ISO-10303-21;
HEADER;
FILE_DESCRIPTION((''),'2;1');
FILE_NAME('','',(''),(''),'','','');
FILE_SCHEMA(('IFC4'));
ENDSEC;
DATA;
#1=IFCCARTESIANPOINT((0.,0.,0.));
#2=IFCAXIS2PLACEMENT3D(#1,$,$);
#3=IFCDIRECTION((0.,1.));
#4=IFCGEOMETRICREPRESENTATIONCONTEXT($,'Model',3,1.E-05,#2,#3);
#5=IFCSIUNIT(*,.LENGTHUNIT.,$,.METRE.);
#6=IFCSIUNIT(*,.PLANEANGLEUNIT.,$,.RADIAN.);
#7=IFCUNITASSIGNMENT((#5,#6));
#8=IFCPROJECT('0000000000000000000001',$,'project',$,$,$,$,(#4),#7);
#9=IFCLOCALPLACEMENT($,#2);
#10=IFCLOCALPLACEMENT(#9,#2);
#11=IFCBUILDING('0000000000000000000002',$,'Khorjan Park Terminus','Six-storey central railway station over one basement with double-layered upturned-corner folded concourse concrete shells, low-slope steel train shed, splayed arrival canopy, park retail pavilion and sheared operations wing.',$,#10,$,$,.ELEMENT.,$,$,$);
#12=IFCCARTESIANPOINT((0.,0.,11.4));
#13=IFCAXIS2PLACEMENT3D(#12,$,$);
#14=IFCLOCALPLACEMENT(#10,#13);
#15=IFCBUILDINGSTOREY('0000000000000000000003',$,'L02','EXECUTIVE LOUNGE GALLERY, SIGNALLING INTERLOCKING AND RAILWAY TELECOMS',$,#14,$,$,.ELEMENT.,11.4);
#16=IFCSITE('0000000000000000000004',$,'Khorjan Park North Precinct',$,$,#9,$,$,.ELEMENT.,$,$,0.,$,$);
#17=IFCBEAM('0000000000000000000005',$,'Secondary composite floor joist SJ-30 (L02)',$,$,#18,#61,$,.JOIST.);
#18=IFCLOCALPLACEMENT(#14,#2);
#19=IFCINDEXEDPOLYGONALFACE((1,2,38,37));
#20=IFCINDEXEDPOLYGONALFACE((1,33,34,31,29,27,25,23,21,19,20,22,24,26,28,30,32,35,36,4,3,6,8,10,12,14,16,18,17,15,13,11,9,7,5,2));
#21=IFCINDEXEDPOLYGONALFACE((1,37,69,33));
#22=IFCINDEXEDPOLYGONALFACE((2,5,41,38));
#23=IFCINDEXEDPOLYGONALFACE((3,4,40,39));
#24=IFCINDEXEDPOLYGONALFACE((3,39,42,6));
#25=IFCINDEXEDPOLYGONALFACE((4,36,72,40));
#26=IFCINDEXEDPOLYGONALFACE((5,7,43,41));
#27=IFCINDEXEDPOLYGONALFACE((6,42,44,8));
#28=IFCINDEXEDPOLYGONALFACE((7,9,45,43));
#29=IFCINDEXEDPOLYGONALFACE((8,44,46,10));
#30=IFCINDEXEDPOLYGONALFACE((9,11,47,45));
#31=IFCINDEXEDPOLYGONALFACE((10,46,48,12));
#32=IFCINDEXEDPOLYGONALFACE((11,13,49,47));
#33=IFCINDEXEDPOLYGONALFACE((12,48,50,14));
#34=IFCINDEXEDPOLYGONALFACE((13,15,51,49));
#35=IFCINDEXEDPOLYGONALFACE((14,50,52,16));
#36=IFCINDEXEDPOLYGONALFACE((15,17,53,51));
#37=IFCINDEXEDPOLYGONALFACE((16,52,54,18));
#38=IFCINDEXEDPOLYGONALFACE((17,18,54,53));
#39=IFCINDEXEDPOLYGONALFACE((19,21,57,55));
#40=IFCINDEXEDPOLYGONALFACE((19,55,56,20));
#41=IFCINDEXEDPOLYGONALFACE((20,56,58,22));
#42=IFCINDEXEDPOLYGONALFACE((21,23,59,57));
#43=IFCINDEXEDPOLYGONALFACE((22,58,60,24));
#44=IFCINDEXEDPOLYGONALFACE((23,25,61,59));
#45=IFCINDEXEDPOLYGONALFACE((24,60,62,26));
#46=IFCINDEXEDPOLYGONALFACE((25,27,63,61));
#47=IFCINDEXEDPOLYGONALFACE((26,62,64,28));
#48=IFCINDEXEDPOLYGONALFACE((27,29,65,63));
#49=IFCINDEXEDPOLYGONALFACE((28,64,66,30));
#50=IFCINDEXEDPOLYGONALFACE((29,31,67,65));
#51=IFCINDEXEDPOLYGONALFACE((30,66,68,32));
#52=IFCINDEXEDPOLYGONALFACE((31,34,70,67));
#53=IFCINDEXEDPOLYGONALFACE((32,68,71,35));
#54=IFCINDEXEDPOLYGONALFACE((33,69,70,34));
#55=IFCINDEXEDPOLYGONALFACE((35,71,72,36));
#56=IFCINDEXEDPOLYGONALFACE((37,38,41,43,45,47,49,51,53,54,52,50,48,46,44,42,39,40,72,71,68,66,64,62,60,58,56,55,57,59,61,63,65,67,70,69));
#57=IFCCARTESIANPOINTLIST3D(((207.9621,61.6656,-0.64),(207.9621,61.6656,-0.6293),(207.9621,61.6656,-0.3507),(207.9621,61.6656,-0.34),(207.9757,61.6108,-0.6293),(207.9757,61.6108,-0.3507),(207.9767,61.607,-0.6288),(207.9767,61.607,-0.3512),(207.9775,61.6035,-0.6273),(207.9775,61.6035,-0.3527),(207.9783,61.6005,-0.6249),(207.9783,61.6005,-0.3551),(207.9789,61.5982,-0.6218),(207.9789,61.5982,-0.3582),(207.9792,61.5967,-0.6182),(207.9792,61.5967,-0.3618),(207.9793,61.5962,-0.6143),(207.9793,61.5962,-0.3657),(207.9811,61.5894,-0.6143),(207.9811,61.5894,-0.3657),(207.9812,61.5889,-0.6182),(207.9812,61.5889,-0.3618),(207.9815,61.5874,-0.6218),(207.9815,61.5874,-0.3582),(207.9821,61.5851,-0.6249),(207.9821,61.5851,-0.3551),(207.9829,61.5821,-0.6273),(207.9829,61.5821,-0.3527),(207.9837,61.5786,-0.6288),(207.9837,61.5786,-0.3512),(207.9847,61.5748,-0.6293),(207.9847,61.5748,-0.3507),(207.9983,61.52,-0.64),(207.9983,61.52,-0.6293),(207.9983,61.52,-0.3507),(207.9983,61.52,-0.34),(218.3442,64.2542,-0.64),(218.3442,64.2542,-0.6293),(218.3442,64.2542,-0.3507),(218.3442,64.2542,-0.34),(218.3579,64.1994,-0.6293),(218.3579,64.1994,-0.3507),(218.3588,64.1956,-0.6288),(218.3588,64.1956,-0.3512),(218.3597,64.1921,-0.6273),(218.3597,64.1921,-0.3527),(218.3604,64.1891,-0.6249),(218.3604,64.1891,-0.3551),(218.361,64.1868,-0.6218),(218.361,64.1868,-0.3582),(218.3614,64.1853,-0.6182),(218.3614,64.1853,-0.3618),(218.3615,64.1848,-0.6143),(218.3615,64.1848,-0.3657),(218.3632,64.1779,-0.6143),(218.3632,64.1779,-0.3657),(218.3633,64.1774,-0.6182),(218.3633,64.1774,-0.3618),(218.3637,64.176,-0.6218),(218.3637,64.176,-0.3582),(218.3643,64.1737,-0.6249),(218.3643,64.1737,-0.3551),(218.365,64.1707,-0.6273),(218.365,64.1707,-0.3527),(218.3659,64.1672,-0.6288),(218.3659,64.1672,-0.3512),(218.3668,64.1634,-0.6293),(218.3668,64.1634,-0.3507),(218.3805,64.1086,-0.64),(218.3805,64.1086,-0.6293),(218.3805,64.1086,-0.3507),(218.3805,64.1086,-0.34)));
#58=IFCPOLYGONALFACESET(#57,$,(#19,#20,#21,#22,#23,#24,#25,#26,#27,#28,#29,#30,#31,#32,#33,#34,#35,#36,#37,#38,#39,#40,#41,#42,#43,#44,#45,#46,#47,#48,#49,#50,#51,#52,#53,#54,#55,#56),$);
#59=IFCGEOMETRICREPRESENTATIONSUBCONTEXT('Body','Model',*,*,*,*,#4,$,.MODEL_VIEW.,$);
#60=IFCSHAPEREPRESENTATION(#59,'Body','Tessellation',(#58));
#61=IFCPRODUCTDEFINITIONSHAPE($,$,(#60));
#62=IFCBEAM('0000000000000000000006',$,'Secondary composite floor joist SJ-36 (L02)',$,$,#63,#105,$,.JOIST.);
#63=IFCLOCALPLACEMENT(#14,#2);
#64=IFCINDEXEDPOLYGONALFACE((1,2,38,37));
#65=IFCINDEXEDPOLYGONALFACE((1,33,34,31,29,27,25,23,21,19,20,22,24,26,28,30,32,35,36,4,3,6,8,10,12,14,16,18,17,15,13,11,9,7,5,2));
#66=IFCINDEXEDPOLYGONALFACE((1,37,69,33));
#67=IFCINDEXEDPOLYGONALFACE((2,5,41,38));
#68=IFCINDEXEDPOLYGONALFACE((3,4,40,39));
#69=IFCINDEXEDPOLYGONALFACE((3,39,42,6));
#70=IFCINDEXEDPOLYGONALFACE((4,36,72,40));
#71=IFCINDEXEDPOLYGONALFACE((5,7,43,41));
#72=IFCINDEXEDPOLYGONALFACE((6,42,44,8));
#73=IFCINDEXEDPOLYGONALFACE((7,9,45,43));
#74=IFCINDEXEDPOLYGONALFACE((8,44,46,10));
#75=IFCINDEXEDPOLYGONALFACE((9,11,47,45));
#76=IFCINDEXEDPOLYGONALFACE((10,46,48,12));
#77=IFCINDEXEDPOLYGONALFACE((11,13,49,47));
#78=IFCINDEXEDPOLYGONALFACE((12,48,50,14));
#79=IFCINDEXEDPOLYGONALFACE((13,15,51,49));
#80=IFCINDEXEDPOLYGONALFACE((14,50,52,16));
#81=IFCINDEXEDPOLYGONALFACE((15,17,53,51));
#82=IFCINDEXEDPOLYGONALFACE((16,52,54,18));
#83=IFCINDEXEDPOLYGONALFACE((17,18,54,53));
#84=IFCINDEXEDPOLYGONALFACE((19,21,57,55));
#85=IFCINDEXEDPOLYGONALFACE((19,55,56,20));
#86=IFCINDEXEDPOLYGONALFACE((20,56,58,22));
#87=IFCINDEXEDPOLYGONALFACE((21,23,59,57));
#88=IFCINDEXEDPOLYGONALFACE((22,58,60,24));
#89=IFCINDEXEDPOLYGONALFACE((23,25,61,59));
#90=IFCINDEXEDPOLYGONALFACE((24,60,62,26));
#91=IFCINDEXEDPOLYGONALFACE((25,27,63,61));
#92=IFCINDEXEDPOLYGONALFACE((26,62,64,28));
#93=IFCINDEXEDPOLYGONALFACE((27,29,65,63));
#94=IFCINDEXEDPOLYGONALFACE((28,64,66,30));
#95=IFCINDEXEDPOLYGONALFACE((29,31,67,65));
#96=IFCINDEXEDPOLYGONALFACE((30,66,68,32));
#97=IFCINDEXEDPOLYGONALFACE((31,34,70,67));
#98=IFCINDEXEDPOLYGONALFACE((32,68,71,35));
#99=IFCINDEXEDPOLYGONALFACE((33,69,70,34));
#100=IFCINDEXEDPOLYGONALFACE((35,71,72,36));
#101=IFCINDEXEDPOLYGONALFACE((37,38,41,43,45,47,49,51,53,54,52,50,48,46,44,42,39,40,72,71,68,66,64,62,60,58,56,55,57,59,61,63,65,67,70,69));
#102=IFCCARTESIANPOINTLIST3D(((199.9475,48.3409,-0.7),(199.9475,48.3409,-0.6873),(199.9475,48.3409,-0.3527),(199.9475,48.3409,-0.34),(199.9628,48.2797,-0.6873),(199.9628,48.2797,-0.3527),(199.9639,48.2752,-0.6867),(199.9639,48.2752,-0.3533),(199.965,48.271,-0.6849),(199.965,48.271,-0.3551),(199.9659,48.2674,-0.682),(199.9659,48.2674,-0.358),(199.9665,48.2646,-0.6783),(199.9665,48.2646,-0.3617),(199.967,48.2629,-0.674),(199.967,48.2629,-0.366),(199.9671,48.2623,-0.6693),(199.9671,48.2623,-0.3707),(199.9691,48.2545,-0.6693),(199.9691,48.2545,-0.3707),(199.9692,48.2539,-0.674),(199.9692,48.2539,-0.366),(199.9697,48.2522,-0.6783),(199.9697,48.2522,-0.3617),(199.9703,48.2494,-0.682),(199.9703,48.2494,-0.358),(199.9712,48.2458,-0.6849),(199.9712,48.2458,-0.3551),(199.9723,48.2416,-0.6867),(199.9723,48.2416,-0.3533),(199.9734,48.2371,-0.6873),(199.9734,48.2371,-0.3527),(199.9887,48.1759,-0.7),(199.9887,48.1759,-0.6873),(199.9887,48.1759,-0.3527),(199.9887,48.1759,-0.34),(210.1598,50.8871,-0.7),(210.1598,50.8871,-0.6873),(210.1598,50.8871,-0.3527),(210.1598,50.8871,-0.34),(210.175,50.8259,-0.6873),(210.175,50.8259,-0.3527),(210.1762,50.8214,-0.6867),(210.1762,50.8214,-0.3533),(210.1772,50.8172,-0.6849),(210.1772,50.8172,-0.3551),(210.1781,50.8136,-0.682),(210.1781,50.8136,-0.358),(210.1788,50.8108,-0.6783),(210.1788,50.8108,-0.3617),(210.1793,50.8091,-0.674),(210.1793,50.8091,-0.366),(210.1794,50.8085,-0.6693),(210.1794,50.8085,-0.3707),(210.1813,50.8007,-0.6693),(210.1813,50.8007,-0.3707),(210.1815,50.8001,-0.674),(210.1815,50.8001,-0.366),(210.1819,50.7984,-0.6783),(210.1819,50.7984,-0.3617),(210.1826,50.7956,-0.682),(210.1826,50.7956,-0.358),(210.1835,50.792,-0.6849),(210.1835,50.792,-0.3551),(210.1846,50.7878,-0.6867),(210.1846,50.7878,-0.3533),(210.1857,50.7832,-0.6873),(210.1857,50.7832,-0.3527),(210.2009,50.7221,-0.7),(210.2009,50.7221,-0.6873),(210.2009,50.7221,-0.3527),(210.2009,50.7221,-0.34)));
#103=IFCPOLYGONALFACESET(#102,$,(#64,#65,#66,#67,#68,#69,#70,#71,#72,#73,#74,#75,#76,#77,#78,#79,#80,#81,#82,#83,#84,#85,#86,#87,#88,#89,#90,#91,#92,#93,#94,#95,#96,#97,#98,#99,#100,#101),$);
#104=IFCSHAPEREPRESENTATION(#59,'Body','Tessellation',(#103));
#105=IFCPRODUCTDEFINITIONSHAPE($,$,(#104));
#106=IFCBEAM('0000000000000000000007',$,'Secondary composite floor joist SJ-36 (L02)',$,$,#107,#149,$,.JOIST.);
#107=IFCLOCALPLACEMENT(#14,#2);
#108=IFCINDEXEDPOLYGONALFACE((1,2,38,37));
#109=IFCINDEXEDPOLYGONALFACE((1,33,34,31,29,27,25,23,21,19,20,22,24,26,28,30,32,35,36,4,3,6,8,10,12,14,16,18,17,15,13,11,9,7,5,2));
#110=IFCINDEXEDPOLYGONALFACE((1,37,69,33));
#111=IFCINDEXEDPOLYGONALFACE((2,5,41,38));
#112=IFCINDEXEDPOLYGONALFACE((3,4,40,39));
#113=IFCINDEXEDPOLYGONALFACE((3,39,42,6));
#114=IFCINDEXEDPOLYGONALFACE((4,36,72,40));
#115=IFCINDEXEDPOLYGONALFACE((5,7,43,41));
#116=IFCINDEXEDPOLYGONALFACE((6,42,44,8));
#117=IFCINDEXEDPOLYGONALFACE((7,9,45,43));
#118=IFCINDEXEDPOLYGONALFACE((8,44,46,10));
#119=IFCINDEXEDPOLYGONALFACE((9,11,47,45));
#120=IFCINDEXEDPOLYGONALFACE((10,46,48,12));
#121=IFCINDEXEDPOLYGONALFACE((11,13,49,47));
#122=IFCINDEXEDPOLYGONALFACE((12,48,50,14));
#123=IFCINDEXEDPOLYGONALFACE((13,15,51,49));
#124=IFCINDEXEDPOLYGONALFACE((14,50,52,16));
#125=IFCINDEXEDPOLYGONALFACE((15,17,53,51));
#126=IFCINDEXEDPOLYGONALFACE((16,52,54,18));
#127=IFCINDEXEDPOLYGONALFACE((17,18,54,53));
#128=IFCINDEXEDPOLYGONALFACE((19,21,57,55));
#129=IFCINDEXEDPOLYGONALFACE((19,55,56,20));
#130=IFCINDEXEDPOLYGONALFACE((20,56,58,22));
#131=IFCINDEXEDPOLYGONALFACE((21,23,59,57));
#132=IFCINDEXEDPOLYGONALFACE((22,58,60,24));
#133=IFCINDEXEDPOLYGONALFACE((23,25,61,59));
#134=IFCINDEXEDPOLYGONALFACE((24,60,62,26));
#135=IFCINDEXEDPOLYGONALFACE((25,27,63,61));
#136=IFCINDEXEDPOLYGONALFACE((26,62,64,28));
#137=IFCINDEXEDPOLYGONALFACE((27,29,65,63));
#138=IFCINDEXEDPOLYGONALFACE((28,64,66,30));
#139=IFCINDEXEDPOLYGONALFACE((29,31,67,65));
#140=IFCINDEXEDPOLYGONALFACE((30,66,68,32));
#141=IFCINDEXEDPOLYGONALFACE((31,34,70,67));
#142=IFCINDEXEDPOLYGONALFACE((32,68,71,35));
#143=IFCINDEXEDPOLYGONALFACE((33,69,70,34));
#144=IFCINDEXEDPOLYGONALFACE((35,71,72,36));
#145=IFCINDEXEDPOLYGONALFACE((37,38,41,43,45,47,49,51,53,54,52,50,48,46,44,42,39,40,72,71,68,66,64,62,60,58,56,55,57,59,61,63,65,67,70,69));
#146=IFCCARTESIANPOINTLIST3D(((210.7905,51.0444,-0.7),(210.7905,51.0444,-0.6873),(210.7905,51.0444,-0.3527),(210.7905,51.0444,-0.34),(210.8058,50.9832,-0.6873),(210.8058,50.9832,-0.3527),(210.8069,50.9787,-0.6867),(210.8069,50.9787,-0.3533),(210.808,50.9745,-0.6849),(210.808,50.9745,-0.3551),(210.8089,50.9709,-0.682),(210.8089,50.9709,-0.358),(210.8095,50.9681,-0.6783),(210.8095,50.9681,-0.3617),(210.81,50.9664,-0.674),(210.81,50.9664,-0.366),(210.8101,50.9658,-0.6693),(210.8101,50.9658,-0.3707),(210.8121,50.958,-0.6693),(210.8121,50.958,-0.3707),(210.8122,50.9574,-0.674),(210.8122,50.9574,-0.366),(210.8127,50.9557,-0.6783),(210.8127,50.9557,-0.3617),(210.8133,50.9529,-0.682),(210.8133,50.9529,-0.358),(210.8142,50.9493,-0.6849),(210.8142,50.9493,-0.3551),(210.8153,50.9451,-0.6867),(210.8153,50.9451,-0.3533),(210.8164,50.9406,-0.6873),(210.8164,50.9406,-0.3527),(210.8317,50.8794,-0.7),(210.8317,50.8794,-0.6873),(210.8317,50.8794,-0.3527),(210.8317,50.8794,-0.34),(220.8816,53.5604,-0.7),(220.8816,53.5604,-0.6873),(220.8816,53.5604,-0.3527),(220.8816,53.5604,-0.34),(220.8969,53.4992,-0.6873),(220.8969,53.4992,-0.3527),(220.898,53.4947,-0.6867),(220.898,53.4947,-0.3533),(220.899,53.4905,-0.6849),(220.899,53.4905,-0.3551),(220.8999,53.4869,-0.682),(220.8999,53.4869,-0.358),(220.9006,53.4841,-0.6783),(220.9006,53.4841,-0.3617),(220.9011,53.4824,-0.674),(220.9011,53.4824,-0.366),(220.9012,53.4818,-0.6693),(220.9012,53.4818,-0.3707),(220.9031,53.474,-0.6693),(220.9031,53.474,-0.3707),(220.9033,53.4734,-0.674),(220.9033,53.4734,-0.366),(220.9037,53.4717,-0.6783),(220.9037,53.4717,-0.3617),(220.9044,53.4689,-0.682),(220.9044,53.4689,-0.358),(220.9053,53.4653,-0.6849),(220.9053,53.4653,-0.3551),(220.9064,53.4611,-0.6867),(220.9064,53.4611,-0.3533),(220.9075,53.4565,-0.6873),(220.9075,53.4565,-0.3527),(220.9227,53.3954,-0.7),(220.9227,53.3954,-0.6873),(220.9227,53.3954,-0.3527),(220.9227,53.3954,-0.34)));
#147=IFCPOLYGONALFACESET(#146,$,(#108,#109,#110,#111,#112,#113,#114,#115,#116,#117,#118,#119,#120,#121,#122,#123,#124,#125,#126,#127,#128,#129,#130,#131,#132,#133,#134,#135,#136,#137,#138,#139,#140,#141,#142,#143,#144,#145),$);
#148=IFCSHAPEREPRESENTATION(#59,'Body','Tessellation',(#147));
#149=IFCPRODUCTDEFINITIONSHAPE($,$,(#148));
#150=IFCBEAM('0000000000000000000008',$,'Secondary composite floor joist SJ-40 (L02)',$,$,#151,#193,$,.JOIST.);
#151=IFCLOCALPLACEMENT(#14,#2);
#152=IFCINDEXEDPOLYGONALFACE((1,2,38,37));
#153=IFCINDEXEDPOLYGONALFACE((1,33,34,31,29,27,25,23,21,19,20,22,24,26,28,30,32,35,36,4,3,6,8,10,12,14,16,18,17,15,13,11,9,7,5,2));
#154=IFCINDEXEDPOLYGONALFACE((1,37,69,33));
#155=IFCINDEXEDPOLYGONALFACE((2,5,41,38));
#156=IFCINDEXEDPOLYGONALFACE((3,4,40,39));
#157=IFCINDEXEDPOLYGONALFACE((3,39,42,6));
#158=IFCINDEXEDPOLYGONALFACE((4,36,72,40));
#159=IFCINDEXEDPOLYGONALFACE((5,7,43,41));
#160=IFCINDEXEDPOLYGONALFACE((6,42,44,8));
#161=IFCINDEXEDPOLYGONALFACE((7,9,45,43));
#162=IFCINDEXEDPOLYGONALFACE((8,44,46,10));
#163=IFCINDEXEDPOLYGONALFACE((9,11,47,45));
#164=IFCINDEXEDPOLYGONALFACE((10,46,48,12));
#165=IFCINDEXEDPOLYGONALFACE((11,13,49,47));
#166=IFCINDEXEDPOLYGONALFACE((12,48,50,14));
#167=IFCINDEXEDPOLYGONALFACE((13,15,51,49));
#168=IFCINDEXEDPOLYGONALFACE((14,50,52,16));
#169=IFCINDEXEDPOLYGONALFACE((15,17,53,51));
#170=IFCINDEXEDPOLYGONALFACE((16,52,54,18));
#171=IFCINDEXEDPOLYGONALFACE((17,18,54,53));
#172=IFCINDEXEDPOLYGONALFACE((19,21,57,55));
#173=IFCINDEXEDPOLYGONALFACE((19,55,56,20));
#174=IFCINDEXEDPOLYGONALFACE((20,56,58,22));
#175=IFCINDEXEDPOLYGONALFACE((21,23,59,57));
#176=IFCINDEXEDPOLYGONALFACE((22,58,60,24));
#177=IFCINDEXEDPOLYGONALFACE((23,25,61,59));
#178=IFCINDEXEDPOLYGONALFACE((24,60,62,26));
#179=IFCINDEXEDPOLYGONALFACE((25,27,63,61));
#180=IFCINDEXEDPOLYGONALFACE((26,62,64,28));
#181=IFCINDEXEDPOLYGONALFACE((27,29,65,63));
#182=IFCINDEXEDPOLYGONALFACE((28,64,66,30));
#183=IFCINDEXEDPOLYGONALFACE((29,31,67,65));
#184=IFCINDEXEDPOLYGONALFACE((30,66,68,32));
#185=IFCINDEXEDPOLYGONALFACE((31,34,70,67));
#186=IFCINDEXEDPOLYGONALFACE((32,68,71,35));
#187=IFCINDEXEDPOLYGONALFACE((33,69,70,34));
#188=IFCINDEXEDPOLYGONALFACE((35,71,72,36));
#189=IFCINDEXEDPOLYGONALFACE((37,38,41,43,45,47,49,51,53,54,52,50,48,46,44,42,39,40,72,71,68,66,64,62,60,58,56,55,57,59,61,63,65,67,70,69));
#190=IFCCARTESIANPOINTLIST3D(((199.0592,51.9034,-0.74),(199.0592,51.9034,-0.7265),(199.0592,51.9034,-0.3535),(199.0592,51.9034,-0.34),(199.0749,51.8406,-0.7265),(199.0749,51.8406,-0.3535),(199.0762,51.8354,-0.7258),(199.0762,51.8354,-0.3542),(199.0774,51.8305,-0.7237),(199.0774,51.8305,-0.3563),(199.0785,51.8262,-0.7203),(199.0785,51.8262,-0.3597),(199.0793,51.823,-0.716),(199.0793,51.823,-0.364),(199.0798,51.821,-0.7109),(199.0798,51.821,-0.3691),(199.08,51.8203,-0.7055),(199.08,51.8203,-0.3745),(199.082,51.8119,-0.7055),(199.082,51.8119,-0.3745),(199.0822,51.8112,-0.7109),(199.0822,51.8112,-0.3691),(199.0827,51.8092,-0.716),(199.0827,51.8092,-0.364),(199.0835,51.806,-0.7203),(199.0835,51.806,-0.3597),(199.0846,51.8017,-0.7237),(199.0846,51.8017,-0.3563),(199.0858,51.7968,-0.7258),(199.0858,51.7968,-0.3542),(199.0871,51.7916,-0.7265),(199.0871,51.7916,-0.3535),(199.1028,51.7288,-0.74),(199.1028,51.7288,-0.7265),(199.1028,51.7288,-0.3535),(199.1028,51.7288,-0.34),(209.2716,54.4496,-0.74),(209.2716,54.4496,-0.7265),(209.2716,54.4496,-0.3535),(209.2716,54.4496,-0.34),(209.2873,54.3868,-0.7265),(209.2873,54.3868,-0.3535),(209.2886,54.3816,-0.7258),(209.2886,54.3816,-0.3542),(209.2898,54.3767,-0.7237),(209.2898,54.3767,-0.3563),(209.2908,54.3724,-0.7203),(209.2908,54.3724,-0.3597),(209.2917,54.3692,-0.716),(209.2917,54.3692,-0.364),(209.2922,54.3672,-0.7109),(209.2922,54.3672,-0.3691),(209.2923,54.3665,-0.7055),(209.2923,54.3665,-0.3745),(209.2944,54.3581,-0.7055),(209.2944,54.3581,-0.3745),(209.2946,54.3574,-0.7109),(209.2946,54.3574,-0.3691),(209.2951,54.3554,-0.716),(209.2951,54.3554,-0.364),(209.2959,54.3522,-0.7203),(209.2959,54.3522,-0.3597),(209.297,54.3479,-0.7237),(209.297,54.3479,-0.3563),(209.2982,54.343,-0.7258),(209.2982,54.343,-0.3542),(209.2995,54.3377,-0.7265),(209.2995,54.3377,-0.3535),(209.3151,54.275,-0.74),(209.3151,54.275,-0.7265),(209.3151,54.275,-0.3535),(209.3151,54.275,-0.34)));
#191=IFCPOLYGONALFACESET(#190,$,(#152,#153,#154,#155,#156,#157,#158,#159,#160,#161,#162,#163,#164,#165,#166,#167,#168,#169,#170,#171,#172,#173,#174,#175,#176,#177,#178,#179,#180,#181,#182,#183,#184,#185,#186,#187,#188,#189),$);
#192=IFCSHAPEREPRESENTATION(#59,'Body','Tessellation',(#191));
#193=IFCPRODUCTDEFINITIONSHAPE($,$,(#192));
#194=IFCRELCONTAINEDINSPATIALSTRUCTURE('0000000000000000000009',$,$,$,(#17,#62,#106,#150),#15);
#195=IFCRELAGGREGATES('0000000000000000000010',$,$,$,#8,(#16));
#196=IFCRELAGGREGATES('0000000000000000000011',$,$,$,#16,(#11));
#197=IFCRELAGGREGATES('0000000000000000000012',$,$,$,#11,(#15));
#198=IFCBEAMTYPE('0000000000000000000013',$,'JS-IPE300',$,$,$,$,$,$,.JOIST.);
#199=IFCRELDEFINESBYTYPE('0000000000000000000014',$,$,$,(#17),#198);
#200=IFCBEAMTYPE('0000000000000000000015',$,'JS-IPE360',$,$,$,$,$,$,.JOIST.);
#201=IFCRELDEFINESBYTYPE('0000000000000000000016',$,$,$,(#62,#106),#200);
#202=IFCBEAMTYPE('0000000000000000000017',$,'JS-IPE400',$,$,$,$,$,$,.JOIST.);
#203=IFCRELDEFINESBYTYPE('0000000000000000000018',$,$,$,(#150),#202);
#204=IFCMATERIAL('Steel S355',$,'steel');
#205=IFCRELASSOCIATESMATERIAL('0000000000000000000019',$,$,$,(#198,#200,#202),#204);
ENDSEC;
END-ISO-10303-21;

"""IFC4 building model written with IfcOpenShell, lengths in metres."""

from ifc_helpers import new_model, si_unit, direction, frame, origin, origin_2d, place, context, subcontext, project, spatial, i_section, extrude, material, material_profile, profile_set, type_object, element, save


model = new_model("IFC4")

# Units and contexts
model_context = context("Model", 3, precision=1e-05, world=origin(), true_north=direction((0.0, 1.0)))
body_context = subcontext(model_context, "Body", "Model", "MODEL_VIEW")
ifc_project = project(units=[si_unit("LENGTHUNIT", "METRE"), si_unit("PLANEANGLEUNIT", "RADIAN")], contexts=[model_context])

# Site, building, storey
site_placement = place(None, origin())
site = spatial("IfcSite", under=ifc_project, at=site_placement, Name="Khorjan Park North Precinct", CompositionType="ELEMENT", RefElevation=0.0)
building_placement = place(site_placement, origin())
building = spatial("IfcBuilding", under=site, at=building_placement, Name="Khorjan Park Terminus", Description="Six-storey central railway station over one basement with double-layered upturned-corner folded concourse concrete shells, low-slope steel train shed, splayed arrival canopy, park retail pavilion and sheared operations wing.", CompositionType="ELEMENT")
storey_placement = place(building_placement, frame((0.0, 0.0, 11.4)))
storey = spatial("IfcBuildingStorey", under=building, at=storey_placement, Name="L02", Description="EXECUTIVE LOUNGE GALLERY, SIGNALLING INTERLOCKING AND RAILWAY TELECOMS", CompositionType="ELEMENT", Elevation=11.4)

# Beams
ifc_material_1 = material(Name="Steel S355", Category="steel")
ifc_material_profile_1 = material_profile(ifc_material_1, i_section(OverallWidth=0.15, OverallDepth=0.3, WebThickness=0.0071, FlangeThickness=0.0107, FilletRadius=0.015, at=origin_2d()), Name="IPE 300")
ifc_profile_set_1 = profile_set([ifc_material_profile_1], Name="Steel S355")
beam_type_1 = type_object("IfcBeamType", Name="JS-IPE300", PredefinedType="JOIST", material=ifc_profile_set_1)
beam_1_placement = place(storey_placement, frame((207.9802, 61.5928, -0.49), z_axis=(0.970295, 0.241924, 0.0), x_axis=(-0.241924, 0.970295, 0.0)))
element("IfcBeam", 1, at=beam_1_placement, inside=storey, type_object=beam_type_1, Name="Secondary composite floor joist SJ-30 (L02)", PredefinedType="JOIST", context=body_context, shape_type="SweptSolid", body=[
    extrude(i_section(OverallWidth=0.15, OverallDepth=0.3, WebThickness=0.0071, FlangeThickness=0.0107, FilletRadius=0.015, at=origin_2d()), origin(), (0.0, 0.0, 1.0), 10.7),
])
ifc_material_profile_2 = material_profile(ifc_material_1, i_section(OverallWidth=0.17, OverallDepth=0.36, WebThickness=0.008, FlangeThickness=0.0127, FilletRadius=0.018, at=origin_2d()), Name="IPE 360")
ifc_profile_set_2 = profile_set([ifc_material_profile_2], Name="Steel S355")
beam_type_2 = type_object("IfcBeamType", Name="JS-IPE360", PredefinedType="JOIST", material=ifc_profile_set_2)
beam_2_placement = place(storey_placement, frame((199.9681, 48.2584, -0.52), z_axis=(0.970296, 0.241921, 0.0), x_axis=(-0.241921, 0.970296, 0.0)))
element("IfcBeam", 2, at=beam_2_placement, inside=storey, type_object=beam_type_2, Name="Secondary composite floor joist SJ-36 (L02)", PredefinedType="JOIST", context=body_context, shape_type="SweptSolid", body=[
    extrude(i_section(OverallWidth=0.17, OverallDepth=0.36, WebThickness=0.008, FlangeThickness=0.0127, FilletRadius=0.018, at=origin_2d()), origin(), (0.0, 0.0, 1.0), 10.5249),
])
beam_3_placement = place(storey_placement, frame((210.8111, 50.9619, -0.52), z_axis=(0.970296, 0.241922, 0.0), x_axis=(-0.241922, 0.970296, 0.0)))
element("IfcBeam", 3, at=beam_3_placement, inside=storey, type_object=beam_type_2, Name="Secondary composite floor joist SJ-36 (L02)", PredefinedType="JOIST", context=body_context, shape_type="SweptSolid", body=[
    extrude(i_section(OverallWidth=0.17, OverallDepth=0.36, WebThickness=0.008, FlangeThickness=0.0127, FilletRadius=0.018, at=origin_2d()), origin(), (0.0, 0.0, 1.0), 10.4),
])
ifc_material_profile_3 = material_profile(ifc_material_1, i_section(OverallWidth=0.18, OverallDepth=0.4, WebThickness=0.0086, FlangeThickness=0.0135, FilletRadius=0.021, at=origin_2d()), Name="IPE 400")
ifc_profile_set_3 = profile_set([ifc_material_profile_3], Name="Steel S355")
beam_type_3 = type_object("IfcBeamType", Name="JS-IPE400", PredefinedType="JOIST", material=ifc_profile_set_3)
beam_4_placement = place(storey_placement, frame((199.081, 51.8161, -0.54), z_axis=(0.970297, 0.241919, 0.0), x_axis=(-0.241919, 0.970297, 0.0)))
element("IfcBeam", 4, at=beam_4_placement, inside=storey, type_object=beam_type_3, Name="Secondary composite floor joist SJ-40 (L02)", PredefinedType="JOIST", context=body_context, shape_type="SweptSolid", body=[
    extrude(i_section(OverallWidth=0.18, OverallDepth=0.4, WebThickness=0.0086, FlangeThickness=0.0135, FilletRadius=0.021, at=origin_2d()), origin(), (0.0, 0.0, 1.0), 10.525),
])

save(model, "model.ifc")
